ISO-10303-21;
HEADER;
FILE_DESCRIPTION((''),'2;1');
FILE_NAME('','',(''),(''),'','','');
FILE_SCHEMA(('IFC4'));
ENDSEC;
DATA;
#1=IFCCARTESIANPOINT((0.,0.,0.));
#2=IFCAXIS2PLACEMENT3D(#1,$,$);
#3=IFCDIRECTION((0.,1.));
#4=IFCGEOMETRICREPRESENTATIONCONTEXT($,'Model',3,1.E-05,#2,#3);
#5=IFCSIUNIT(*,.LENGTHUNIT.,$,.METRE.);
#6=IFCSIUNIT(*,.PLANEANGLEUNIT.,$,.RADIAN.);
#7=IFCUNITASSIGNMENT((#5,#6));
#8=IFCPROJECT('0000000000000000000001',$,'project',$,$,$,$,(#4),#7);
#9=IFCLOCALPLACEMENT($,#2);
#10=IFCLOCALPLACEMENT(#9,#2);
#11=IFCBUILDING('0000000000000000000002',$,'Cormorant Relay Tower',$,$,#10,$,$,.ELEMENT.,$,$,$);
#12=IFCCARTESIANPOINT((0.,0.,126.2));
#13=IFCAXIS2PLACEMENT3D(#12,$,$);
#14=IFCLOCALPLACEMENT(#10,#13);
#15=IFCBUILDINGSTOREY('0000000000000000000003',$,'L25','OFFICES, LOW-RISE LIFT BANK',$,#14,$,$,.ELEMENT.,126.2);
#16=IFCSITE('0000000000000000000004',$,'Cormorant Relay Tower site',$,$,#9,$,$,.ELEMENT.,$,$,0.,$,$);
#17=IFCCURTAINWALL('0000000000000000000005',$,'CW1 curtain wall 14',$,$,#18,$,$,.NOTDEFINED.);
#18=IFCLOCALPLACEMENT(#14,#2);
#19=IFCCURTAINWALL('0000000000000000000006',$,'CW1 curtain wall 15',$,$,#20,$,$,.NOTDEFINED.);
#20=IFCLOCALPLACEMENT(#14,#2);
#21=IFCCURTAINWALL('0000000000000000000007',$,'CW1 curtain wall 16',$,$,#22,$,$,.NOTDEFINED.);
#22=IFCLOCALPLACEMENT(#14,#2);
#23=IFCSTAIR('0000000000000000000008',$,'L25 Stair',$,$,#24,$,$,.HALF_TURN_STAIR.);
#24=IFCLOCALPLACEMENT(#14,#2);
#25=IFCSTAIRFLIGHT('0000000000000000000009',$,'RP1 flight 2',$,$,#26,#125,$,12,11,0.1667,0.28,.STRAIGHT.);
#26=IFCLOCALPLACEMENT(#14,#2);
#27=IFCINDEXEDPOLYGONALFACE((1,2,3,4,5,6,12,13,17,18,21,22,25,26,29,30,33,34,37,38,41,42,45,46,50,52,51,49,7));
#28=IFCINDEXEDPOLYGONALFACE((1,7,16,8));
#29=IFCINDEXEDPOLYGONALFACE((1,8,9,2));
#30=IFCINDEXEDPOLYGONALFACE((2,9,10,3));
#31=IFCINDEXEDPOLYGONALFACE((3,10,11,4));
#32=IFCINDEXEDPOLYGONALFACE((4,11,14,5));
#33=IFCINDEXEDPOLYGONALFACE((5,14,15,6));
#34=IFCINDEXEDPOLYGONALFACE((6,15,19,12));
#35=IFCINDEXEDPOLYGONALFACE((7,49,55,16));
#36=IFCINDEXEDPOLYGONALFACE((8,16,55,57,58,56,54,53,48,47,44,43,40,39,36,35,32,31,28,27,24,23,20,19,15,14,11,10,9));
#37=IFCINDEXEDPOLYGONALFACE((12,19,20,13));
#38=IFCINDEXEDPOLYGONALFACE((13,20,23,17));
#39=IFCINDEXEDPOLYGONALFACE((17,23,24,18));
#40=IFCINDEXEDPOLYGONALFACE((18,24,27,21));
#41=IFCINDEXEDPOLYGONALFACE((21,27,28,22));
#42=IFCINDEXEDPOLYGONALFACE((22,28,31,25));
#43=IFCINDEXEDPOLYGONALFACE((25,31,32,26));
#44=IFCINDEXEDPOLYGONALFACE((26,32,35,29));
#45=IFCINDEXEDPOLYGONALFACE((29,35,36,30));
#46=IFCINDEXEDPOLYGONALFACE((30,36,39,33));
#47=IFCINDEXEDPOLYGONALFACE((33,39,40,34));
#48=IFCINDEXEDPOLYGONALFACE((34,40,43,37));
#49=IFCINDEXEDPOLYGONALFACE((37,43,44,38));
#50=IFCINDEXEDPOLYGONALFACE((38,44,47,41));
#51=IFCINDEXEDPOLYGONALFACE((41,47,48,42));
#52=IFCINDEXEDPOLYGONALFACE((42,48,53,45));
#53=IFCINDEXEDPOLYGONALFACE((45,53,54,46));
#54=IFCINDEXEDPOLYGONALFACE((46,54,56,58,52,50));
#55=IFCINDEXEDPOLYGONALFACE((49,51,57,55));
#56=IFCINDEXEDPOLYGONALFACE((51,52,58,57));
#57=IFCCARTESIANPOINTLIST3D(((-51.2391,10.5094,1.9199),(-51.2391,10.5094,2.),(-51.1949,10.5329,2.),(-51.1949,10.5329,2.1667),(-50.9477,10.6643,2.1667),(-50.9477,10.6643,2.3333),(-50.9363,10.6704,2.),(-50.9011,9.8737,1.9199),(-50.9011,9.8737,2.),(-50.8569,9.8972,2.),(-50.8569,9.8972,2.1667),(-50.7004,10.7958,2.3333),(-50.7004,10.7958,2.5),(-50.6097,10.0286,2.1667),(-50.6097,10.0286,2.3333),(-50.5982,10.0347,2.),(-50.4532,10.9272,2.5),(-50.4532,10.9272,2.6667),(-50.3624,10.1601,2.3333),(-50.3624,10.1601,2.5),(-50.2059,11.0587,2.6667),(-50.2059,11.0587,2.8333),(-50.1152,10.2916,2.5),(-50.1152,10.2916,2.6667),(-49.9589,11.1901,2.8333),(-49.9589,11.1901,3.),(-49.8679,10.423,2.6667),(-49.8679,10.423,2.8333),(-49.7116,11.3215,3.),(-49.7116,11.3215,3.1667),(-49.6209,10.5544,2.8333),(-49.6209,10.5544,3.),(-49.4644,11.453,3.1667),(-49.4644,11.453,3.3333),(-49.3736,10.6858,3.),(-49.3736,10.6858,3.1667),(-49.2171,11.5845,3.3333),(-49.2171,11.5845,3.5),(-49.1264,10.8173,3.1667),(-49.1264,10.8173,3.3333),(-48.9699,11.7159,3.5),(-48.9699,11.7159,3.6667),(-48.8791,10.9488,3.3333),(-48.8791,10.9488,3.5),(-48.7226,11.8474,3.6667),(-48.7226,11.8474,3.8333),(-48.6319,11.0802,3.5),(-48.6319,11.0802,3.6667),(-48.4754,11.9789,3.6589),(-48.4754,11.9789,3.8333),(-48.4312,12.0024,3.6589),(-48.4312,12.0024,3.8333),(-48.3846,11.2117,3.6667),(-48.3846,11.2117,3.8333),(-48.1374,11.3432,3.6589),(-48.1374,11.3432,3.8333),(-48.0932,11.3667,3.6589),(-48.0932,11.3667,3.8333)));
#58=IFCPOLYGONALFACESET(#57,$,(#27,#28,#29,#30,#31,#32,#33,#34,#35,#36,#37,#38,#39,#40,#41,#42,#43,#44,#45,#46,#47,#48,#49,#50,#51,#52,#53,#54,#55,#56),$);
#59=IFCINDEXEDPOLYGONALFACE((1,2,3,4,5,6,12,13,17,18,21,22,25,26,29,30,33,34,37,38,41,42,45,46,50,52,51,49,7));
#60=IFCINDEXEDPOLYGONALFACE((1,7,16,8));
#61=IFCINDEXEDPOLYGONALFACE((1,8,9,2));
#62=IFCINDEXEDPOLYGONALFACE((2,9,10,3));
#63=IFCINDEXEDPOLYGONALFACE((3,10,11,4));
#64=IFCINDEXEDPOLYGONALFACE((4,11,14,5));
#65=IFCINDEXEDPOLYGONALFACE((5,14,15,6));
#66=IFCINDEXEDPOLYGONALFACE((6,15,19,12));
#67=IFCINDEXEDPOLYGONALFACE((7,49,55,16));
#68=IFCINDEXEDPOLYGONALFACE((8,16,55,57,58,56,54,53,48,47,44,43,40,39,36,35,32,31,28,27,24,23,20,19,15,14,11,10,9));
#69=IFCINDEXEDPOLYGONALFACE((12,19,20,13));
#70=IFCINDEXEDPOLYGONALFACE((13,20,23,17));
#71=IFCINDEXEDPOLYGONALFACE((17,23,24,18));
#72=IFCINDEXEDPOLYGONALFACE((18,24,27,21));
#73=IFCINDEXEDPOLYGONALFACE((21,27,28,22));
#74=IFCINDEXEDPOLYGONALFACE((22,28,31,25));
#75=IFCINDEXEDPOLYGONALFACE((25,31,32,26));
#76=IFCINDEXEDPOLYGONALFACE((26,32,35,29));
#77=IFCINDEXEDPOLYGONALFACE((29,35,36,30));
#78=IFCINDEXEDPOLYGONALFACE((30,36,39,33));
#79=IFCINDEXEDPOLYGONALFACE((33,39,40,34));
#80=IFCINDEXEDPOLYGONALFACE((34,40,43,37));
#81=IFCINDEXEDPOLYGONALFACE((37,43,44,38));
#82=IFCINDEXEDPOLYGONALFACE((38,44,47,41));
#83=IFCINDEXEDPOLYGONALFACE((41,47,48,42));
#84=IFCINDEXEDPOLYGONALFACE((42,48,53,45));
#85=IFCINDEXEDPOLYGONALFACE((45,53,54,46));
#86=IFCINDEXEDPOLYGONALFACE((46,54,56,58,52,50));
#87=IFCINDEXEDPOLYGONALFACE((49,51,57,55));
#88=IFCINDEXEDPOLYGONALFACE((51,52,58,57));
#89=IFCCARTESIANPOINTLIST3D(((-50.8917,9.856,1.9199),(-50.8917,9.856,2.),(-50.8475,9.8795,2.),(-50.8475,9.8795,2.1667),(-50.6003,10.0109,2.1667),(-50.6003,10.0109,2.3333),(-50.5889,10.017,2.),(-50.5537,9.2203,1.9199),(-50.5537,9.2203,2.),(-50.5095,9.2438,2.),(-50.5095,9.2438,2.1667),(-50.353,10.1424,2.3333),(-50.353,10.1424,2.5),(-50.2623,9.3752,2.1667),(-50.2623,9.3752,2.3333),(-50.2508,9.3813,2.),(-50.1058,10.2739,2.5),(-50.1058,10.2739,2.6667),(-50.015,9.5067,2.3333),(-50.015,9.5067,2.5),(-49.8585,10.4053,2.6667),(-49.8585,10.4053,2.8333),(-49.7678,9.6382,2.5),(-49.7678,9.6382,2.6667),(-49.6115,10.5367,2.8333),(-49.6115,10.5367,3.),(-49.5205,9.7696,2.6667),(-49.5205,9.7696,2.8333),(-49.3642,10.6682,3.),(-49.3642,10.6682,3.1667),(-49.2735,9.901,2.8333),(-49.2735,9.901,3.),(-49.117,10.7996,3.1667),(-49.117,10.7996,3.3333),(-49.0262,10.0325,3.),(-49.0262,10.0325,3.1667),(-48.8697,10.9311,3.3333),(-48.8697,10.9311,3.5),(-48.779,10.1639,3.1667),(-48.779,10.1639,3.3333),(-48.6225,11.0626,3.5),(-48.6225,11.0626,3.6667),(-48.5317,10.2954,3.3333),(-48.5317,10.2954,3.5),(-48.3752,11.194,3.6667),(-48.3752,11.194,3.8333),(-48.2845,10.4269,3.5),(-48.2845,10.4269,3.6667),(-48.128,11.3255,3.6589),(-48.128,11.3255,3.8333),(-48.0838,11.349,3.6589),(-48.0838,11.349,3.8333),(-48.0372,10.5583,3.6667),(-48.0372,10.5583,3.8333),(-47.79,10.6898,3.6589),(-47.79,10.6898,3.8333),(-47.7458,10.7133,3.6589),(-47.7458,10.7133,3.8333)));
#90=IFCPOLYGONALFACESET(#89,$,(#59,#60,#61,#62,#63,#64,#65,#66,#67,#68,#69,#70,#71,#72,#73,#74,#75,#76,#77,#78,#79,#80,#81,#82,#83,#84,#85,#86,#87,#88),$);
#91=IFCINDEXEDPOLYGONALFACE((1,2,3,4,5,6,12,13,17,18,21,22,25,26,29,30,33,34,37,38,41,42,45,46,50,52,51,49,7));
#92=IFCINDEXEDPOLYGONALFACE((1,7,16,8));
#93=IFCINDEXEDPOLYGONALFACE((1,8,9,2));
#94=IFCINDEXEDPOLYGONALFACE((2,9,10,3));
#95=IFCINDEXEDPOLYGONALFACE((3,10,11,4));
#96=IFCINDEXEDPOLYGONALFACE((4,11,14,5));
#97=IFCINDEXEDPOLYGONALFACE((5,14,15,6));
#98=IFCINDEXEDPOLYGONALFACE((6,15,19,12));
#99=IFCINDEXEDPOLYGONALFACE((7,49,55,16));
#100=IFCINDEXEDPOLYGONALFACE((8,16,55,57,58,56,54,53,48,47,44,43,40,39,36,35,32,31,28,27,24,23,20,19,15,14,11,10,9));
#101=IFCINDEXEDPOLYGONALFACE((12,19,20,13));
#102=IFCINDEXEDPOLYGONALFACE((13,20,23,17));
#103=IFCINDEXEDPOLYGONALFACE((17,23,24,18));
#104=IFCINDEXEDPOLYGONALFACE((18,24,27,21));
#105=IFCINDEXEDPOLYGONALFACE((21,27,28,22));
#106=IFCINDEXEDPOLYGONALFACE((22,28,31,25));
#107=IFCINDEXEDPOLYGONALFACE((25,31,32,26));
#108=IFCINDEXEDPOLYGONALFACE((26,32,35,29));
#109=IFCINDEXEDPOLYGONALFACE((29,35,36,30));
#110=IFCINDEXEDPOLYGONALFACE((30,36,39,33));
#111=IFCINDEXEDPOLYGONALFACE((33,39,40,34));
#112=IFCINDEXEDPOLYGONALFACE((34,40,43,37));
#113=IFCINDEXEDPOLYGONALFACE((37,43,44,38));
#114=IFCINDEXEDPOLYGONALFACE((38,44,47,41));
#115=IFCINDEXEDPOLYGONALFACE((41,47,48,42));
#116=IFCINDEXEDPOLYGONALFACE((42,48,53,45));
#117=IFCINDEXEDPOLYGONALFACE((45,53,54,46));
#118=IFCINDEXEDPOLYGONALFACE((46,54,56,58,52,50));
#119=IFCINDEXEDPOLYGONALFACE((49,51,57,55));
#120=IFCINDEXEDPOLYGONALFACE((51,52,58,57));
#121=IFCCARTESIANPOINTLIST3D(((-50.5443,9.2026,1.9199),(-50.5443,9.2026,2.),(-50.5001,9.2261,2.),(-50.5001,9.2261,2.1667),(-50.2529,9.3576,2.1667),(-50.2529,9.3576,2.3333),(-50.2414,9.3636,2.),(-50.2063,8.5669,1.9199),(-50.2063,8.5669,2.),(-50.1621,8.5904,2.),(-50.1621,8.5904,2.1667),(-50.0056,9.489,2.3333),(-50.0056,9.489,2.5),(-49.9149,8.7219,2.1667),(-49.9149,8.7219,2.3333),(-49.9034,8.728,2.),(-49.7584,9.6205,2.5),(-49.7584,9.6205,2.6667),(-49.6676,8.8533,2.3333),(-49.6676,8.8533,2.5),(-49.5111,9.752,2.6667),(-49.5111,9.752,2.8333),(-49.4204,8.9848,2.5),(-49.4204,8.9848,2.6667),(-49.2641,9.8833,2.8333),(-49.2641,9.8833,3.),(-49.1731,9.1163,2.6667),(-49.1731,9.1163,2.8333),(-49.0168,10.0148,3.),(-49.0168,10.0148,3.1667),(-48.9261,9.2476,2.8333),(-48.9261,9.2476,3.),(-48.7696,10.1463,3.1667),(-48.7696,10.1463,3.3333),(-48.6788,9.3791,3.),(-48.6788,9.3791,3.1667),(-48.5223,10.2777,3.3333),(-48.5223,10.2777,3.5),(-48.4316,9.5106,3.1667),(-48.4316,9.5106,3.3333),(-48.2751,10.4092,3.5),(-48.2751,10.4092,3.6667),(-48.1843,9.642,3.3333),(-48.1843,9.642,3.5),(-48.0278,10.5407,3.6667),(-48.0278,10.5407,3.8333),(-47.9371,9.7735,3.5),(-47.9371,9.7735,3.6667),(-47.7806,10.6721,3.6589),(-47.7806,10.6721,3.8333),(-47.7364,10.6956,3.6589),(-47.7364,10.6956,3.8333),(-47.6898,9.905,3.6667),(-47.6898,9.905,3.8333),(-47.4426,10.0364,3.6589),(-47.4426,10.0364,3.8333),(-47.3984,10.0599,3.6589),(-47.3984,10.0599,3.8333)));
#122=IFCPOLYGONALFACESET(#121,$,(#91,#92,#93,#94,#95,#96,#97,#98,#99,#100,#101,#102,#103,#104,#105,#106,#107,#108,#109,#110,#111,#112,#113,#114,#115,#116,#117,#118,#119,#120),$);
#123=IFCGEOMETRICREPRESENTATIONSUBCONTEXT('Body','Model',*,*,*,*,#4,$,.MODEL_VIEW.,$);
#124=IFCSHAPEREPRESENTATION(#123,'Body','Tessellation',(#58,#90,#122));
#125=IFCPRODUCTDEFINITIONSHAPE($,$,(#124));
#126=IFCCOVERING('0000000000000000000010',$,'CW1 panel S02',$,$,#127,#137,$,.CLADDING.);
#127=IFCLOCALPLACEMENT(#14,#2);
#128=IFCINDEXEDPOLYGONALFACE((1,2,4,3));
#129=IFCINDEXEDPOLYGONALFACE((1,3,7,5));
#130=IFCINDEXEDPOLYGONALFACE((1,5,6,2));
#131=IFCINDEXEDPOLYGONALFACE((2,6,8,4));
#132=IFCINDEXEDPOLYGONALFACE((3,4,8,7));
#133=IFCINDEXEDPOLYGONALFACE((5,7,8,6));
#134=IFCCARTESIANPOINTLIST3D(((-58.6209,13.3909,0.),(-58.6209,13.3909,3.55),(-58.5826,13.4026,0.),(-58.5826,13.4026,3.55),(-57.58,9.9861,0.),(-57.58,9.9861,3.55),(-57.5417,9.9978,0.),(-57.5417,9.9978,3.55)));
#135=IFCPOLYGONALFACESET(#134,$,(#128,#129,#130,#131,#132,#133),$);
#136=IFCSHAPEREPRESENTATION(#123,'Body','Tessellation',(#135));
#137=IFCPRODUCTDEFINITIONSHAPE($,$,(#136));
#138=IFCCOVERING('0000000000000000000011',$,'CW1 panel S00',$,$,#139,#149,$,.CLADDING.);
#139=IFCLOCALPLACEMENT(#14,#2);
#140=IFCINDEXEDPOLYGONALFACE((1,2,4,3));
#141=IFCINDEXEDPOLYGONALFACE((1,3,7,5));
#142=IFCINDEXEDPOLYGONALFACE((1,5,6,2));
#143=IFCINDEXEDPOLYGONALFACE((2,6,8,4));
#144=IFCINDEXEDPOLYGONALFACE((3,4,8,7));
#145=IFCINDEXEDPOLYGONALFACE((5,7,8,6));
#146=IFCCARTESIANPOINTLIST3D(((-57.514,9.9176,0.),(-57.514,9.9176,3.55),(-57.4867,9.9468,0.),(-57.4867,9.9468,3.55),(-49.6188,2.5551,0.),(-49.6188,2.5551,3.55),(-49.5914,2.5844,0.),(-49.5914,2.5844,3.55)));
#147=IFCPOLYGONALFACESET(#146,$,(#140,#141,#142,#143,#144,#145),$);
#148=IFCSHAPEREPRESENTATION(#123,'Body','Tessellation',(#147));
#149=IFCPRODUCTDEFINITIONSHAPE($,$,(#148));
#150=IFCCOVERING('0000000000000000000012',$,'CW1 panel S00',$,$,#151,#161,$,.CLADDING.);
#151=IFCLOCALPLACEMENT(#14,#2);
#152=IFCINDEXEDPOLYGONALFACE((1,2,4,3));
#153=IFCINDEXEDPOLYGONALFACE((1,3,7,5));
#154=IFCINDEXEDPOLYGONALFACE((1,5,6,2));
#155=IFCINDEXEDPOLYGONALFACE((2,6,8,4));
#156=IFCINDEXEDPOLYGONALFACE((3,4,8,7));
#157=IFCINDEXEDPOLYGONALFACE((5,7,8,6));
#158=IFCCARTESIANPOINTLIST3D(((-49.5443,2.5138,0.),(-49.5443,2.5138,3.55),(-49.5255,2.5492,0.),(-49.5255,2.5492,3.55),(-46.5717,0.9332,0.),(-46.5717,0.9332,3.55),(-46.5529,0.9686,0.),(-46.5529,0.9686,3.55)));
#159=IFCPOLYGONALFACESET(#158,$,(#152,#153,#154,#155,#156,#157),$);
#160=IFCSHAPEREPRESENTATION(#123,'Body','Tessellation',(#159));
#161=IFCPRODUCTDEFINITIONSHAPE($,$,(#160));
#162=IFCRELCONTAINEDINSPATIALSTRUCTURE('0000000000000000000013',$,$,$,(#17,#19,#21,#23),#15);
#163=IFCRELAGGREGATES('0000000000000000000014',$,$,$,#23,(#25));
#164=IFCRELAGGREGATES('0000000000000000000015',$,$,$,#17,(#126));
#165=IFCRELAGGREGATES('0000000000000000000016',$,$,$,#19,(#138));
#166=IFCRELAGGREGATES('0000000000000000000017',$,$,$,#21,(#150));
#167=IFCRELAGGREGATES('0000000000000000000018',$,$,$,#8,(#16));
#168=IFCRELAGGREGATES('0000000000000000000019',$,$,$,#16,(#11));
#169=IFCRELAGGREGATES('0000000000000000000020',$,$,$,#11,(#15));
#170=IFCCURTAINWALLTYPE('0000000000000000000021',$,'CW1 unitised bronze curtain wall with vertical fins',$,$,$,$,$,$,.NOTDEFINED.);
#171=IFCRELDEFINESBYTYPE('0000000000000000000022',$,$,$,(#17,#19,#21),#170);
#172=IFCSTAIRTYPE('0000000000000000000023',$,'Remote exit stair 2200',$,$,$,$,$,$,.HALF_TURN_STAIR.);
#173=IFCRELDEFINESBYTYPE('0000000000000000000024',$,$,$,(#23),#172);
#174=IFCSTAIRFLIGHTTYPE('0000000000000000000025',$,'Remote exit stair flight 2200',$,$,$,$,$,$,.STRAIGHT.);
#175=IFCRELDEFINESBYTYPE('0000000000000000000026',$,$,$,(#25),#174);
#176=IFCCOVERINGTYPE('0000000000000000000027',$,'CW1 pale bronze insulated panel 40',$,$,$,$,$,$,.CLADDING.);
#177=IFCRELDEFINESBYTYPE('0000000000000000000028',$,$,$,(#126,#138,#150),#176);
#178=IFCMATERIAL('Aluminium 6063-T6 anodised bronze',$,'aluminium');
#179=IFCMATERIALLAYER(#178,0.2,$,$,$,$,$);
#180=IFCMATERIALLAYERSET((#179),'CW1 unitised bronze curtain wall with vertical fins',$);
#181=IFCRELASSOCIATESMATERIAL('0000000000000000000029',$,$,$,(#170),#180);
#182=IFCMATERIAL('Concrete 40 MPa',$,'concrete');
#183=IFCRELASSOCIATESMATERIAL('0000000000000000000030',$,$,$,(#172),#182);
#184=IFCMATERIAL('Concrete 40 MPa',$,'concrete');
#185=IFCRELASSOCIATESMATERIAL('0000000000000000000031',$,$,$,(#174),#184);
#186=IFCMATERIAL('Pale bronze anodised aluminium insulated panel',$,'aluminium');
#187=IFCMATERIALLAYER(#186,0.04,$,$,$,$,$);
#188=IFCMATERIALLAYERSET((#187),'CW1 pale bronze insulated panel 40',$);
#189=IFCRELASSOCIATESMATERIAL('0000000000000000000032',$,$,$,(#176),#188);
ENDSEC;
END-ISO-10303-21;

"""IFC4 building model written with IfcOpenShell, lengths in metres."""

from ifc_helpers import new_model, si_unit, direction, frame, origin, origin_2d, place, context, subcontext, project, spatial, polyline, rectangle, outline, extrude, material, layer, layer_set, type_object, element, aggregate, save


model = new_model("IFC4")

# Units and contexts
model_context = context("Model", 3, precision=1e-05, world=origin(), true_north=direction((0.0, 1.0)))
body_context = subcontext(model_context, "Body", "Model", "MODEL_VIEW")
ifc_project = project(units=[si_unit("LENGTHUNIT", "METRE"), si_unit("PLANEANGLEUNIT", "RADIAN")], contexts=[model_context])

# Site, building, storey
site_placement = place(None, origin())
site = spatial("IfcSite", under=ifc_project, at=site_placement, Name="Cormorant Relay Tower site", CompositionType="ELEMENT", RefElevation=0.0)
building_placement = place(site_placement, origin())
building = spatial("IfcBuilding", under=site, at=building_placement, Name="Cormorant Relay Tower", CompositionType="ELEMENT")
storey_placement = place(building_placement, frame((0.0, 0.0, 126.2)))
storey = spatial("IfcBuildingStorey", under=building, at=storey_placement, Name="L25", Description="OFFICES, LOW-RISE LIFT BANK", CompositionType="ELEMENT", Elevation=126.2)

# Curtain wall
ifc_material_1 = material(Name="Aluminium 6063-T6 anodised bronze", Category="aluminium")
ifc_layer_1 = layer(ifc_material_1, 0.2)
ifc_layer_set_1 = layer_set([ifc_layer_1], Name="CW1 unitised bronze curtain wall with vertical fins")
curtain_wall_type = type_object("IfcCurtainWallType", Name="CW1 unitised bronze curtain wall with vertical fins", PredefinedType="NOTDEFINED", material=ifc_layer_set_1)
curtain_wall_1_placement = place(storey_placement, origin())
curtain_wall_1 = element("IfcCurtainWall", 1, at=curtain_wall_1_placement, inside=storey, type_object=curtain_wall_type, Name="CW1 curtain wall 14", PredefinedType="NOTDEFINED")

# Curtain wall
curtain_wall_2_placement = place(storey_placement, origin())
curtain_wall_2 = element("IfcCurtainWall", 2, at=curtain_wall_2_placement, inside=storey, type_object=curtain_wall_type, Name="CW1 curtain wall 15", PredefinedType="NOTDEFINED")

# Curtain wall
curtain_wall_3_placement = place(storey_placement, origin())
curtain_wall_3 = element("IfcCurtainWall", 3, at=curtain_wall_3_placement, inside=storey, type_object=curtain_wall_type, Name="CW1 curtain wall 16", PredefinedType="NOTDEFINED")

# Stair, stair flight
ifc_material_2 = material(Name="Concrete 40 MPa", Category="concrete")
stair_type = type_object("IfcStairType", Name="Remote exit stair 2200", PredefinedType="HALF_TURN_STAIR", material=ifc_material_2)
stair_placement = place(storey_placement, origin())
stair = element("IfcStair", 4, at=stair_placement, inside=storey, type_object=stair_type, Name="L25 Stair", PredefinedType="HALF_TURN_STAIR")
ifc_material_3 = material(Name="Concrete 40 MPa", Category="concrete")
stair_flight_type = type_object("IfcStairFlightType", Name="Remote exit stair flight 2200", PredefinedType="STRAIGHT", material=ifc_material_3)
stair_flight_1_placement = place(storey_placement, frame((-50.6785, 9.5615, 2.0), z_axis=(0.0, 0.0, 1.0), x_axis=(0.882948, 0.469472, 0.0)))
stair_flight_1 = element("IfcStairFlight", 5, at=stair_flight_1_placement, type_object=stair_flight_type, Name="RP1 flight 2", NumberOfRisers=12, NumberOfTreads=11, PredefinedType="STRAIGHT", RiserHeight=0.1667, TreadLength=0.28, context=body_context, shape_type="SweptSolid", body=[
    extrude(outline(polyline([(-0.05, -0.0801), (-0.05, 0.0), (0.0, 0.0), (0.0, 0.1667), (0.28, 0.1667), (0.28, 0.3333), (0.5601, 0.3333), (0.5601, 0.5), (0.8401, 0.5), (0.8401, 0.6667), (1.1201, 0.6667), (1.1201, 0.8333), (1.3999, 0.8333), (1.3999, 1.0), (1.6799, 1.0), (1.6799, 1.1667), (1.96, 1.1667), (1.96, 1.3333), (2.24, 1.3333), (2.24, 1.5), (2.52, 1.5), (2.52, 1.6667), (2.8, 1.6667), (2.8, 1.8333), (3.0801, 1.8333), (3.1301, 1.8333), (3.1301, 1.6589), (3.0801, 1.6589), (0.293, 0.0), (-0.05, -0.0801)])), frame((0.0, 1.1001, 0.0), z_axis=(0.0, -1.0, 0.0), x_axis=(1.0, 0.0, 0.0)), (0.0, 0.0, 1.0), 0.72),
    extrude(outline(polyline([(-0.05, -0.0801), (-0.05, 0.0), (0.0, 0.0), (0.0, 0.1667), (0.28, 0.1667), (0.28, 0.3333), (0.5601, 0.3333), (0.5601, 0.5), (0.8401, 0.5), (0.8401, 0.6667), (1.1201, 0.6667), (1.1201, 0.8333), (1.3999, 0.8333), (1.3999, 1.0), (1.6799, 1.0), (1.6799, 1.1667), (1.96, 1.1667), (1.96, 1.3333), (2.24, 1.3333), (2.24, 1.5), (2.52, 1.5), (2.52, 1.6667), (2.8, 1.6667), (2.8, 1.8333), (3.0801, 1.8333), (3.1301, 1.8333), (3.1301, 1.6589), (3.0801, 1.6589), (0.293, 0.0), (-0.05, -0.0801)])), frame((0.0, 0.3601, 0.0), z_axis=(0.0, -1.0, 0.0), x_axis=(1.0, 0.0, 0.0)), (0.0, 0.0, 1.0), 0.72),
    extrude(outline(polyline([(-0.05, -0.0801), (-0.05, 0.0), (0.0, 0.0), (0.0, 0.1667), (0.28, 0.1667), (0.28, 0.3333), (0.5601, 0.3333), (0.5601, 0.5), (0.8401, 0.5), (0.8401, 0.6667), (1.1201, 0.6667), (1.1201, 0.8333), (1.3999, 0.8333), (1.3999, 1.0), (1.6799, 1.0), (1.6799, 1.1667), (1.96, 1.1667), (1.96, 1.3333), (2.24, 1.3333), (2.24, 1.5), (2.52, 1.5), (2.52, 1.6667), (2.8, 1.6667), (2.8, 1.8333), (3.0801, 1.8333), (3.1301, 1.8333), (3.1301, 1.6589), (3.0801, 1.6589), (0.293, 0.0), (-0.05, -0.0801)])), frame((0.0, -0.3799, 0.0), z_axis=(0.0, -1.0, 0.0), x_axis=(1.0, 0.0, 0.0)), (0.0, 0.0, 1.0), 0.72),
])
aggregate(stair, [stair_flight_1])

# Coverings
ifc_material_4 = material(Name="Pale bronze anodised aluminium insulated panel", Category="aluminium")
ifc_layer_2 = layer(ifc_material_4, 0.04)
ifc_layer_set_2 = layer_set([ifc_layer_2], Name="CW1 pale bronze insulated panel 40")
covering_type = type_object("IfcCoveringType", Name="CW1 pale bronze insulated panel 40", PredefinedType="CLADDING", material=ifc_layer_set_2)
covering_1_placement = place(storey_placement, frame((-58.0813, 11.6943, 0.0), z_axis=(0.0, 0.0, 1.0), x_axis=(0.292372, -0.956305, 0.0)))
covering_1 = element("IfcCovering", 6, at=covering_1_placement, type_object=covering_type, Name="CW1 panel S02", PredefinedType="CLADDING", context=body_context, shape_type="SweptSolid", body=[
    extrude(rectangle(XDim=3.5603, YDim=0.04, at=origin_2d()), origin(), (0.0, 0.0, 1.0), 3.55),
])
aggregate(curtain_wall_1, [covering_1])
covering_2_placement = place(storey_placement, frame((-53.5527, 6.251, 0.0), z_axis=(0.0, 0.0, 1.0), x_axis=(0.731354, -0.681998, 0.0)))
covering_2 = element("IfcCovering", 7, at=covering_2_placement, type_object=covering_type, Name="CW1 panel S00", PredefinedType="CLADDING", context=body_context, shape_type="SweptSolid", body=[
    extrude(rectangle(XDim=10.7954, YDim=0.04, at=origin_2d()), origin(), (0.0, 0.0, 1.0), 3.55),
])
aggregate(curtain_wall_2, [covering_2])
covering_3_placement = place(storey_placement, frame((-48.0486, 1.7412, 0.0), z_axis=(0.0, 0.0, 1.0), x_axis=(0.882948, -0.469472, 0.0)))
covering_3 = element("IfcCovering", 8, at=covering_3_placement, type_object=covering_type, Name="CW1 panel S00", PredefinedType="CLADDING", context=body_context, shape_type="SweptSolid", body=[
    extrude(rectangle(XDim=3.3667, YDim=0.04, at=origin_2d()), origin(), (0.0, 0.0, 1.0), 3.55),
])
aggregate(curtain_wall_3, [covering_3])

save(model, "model.ifc")
